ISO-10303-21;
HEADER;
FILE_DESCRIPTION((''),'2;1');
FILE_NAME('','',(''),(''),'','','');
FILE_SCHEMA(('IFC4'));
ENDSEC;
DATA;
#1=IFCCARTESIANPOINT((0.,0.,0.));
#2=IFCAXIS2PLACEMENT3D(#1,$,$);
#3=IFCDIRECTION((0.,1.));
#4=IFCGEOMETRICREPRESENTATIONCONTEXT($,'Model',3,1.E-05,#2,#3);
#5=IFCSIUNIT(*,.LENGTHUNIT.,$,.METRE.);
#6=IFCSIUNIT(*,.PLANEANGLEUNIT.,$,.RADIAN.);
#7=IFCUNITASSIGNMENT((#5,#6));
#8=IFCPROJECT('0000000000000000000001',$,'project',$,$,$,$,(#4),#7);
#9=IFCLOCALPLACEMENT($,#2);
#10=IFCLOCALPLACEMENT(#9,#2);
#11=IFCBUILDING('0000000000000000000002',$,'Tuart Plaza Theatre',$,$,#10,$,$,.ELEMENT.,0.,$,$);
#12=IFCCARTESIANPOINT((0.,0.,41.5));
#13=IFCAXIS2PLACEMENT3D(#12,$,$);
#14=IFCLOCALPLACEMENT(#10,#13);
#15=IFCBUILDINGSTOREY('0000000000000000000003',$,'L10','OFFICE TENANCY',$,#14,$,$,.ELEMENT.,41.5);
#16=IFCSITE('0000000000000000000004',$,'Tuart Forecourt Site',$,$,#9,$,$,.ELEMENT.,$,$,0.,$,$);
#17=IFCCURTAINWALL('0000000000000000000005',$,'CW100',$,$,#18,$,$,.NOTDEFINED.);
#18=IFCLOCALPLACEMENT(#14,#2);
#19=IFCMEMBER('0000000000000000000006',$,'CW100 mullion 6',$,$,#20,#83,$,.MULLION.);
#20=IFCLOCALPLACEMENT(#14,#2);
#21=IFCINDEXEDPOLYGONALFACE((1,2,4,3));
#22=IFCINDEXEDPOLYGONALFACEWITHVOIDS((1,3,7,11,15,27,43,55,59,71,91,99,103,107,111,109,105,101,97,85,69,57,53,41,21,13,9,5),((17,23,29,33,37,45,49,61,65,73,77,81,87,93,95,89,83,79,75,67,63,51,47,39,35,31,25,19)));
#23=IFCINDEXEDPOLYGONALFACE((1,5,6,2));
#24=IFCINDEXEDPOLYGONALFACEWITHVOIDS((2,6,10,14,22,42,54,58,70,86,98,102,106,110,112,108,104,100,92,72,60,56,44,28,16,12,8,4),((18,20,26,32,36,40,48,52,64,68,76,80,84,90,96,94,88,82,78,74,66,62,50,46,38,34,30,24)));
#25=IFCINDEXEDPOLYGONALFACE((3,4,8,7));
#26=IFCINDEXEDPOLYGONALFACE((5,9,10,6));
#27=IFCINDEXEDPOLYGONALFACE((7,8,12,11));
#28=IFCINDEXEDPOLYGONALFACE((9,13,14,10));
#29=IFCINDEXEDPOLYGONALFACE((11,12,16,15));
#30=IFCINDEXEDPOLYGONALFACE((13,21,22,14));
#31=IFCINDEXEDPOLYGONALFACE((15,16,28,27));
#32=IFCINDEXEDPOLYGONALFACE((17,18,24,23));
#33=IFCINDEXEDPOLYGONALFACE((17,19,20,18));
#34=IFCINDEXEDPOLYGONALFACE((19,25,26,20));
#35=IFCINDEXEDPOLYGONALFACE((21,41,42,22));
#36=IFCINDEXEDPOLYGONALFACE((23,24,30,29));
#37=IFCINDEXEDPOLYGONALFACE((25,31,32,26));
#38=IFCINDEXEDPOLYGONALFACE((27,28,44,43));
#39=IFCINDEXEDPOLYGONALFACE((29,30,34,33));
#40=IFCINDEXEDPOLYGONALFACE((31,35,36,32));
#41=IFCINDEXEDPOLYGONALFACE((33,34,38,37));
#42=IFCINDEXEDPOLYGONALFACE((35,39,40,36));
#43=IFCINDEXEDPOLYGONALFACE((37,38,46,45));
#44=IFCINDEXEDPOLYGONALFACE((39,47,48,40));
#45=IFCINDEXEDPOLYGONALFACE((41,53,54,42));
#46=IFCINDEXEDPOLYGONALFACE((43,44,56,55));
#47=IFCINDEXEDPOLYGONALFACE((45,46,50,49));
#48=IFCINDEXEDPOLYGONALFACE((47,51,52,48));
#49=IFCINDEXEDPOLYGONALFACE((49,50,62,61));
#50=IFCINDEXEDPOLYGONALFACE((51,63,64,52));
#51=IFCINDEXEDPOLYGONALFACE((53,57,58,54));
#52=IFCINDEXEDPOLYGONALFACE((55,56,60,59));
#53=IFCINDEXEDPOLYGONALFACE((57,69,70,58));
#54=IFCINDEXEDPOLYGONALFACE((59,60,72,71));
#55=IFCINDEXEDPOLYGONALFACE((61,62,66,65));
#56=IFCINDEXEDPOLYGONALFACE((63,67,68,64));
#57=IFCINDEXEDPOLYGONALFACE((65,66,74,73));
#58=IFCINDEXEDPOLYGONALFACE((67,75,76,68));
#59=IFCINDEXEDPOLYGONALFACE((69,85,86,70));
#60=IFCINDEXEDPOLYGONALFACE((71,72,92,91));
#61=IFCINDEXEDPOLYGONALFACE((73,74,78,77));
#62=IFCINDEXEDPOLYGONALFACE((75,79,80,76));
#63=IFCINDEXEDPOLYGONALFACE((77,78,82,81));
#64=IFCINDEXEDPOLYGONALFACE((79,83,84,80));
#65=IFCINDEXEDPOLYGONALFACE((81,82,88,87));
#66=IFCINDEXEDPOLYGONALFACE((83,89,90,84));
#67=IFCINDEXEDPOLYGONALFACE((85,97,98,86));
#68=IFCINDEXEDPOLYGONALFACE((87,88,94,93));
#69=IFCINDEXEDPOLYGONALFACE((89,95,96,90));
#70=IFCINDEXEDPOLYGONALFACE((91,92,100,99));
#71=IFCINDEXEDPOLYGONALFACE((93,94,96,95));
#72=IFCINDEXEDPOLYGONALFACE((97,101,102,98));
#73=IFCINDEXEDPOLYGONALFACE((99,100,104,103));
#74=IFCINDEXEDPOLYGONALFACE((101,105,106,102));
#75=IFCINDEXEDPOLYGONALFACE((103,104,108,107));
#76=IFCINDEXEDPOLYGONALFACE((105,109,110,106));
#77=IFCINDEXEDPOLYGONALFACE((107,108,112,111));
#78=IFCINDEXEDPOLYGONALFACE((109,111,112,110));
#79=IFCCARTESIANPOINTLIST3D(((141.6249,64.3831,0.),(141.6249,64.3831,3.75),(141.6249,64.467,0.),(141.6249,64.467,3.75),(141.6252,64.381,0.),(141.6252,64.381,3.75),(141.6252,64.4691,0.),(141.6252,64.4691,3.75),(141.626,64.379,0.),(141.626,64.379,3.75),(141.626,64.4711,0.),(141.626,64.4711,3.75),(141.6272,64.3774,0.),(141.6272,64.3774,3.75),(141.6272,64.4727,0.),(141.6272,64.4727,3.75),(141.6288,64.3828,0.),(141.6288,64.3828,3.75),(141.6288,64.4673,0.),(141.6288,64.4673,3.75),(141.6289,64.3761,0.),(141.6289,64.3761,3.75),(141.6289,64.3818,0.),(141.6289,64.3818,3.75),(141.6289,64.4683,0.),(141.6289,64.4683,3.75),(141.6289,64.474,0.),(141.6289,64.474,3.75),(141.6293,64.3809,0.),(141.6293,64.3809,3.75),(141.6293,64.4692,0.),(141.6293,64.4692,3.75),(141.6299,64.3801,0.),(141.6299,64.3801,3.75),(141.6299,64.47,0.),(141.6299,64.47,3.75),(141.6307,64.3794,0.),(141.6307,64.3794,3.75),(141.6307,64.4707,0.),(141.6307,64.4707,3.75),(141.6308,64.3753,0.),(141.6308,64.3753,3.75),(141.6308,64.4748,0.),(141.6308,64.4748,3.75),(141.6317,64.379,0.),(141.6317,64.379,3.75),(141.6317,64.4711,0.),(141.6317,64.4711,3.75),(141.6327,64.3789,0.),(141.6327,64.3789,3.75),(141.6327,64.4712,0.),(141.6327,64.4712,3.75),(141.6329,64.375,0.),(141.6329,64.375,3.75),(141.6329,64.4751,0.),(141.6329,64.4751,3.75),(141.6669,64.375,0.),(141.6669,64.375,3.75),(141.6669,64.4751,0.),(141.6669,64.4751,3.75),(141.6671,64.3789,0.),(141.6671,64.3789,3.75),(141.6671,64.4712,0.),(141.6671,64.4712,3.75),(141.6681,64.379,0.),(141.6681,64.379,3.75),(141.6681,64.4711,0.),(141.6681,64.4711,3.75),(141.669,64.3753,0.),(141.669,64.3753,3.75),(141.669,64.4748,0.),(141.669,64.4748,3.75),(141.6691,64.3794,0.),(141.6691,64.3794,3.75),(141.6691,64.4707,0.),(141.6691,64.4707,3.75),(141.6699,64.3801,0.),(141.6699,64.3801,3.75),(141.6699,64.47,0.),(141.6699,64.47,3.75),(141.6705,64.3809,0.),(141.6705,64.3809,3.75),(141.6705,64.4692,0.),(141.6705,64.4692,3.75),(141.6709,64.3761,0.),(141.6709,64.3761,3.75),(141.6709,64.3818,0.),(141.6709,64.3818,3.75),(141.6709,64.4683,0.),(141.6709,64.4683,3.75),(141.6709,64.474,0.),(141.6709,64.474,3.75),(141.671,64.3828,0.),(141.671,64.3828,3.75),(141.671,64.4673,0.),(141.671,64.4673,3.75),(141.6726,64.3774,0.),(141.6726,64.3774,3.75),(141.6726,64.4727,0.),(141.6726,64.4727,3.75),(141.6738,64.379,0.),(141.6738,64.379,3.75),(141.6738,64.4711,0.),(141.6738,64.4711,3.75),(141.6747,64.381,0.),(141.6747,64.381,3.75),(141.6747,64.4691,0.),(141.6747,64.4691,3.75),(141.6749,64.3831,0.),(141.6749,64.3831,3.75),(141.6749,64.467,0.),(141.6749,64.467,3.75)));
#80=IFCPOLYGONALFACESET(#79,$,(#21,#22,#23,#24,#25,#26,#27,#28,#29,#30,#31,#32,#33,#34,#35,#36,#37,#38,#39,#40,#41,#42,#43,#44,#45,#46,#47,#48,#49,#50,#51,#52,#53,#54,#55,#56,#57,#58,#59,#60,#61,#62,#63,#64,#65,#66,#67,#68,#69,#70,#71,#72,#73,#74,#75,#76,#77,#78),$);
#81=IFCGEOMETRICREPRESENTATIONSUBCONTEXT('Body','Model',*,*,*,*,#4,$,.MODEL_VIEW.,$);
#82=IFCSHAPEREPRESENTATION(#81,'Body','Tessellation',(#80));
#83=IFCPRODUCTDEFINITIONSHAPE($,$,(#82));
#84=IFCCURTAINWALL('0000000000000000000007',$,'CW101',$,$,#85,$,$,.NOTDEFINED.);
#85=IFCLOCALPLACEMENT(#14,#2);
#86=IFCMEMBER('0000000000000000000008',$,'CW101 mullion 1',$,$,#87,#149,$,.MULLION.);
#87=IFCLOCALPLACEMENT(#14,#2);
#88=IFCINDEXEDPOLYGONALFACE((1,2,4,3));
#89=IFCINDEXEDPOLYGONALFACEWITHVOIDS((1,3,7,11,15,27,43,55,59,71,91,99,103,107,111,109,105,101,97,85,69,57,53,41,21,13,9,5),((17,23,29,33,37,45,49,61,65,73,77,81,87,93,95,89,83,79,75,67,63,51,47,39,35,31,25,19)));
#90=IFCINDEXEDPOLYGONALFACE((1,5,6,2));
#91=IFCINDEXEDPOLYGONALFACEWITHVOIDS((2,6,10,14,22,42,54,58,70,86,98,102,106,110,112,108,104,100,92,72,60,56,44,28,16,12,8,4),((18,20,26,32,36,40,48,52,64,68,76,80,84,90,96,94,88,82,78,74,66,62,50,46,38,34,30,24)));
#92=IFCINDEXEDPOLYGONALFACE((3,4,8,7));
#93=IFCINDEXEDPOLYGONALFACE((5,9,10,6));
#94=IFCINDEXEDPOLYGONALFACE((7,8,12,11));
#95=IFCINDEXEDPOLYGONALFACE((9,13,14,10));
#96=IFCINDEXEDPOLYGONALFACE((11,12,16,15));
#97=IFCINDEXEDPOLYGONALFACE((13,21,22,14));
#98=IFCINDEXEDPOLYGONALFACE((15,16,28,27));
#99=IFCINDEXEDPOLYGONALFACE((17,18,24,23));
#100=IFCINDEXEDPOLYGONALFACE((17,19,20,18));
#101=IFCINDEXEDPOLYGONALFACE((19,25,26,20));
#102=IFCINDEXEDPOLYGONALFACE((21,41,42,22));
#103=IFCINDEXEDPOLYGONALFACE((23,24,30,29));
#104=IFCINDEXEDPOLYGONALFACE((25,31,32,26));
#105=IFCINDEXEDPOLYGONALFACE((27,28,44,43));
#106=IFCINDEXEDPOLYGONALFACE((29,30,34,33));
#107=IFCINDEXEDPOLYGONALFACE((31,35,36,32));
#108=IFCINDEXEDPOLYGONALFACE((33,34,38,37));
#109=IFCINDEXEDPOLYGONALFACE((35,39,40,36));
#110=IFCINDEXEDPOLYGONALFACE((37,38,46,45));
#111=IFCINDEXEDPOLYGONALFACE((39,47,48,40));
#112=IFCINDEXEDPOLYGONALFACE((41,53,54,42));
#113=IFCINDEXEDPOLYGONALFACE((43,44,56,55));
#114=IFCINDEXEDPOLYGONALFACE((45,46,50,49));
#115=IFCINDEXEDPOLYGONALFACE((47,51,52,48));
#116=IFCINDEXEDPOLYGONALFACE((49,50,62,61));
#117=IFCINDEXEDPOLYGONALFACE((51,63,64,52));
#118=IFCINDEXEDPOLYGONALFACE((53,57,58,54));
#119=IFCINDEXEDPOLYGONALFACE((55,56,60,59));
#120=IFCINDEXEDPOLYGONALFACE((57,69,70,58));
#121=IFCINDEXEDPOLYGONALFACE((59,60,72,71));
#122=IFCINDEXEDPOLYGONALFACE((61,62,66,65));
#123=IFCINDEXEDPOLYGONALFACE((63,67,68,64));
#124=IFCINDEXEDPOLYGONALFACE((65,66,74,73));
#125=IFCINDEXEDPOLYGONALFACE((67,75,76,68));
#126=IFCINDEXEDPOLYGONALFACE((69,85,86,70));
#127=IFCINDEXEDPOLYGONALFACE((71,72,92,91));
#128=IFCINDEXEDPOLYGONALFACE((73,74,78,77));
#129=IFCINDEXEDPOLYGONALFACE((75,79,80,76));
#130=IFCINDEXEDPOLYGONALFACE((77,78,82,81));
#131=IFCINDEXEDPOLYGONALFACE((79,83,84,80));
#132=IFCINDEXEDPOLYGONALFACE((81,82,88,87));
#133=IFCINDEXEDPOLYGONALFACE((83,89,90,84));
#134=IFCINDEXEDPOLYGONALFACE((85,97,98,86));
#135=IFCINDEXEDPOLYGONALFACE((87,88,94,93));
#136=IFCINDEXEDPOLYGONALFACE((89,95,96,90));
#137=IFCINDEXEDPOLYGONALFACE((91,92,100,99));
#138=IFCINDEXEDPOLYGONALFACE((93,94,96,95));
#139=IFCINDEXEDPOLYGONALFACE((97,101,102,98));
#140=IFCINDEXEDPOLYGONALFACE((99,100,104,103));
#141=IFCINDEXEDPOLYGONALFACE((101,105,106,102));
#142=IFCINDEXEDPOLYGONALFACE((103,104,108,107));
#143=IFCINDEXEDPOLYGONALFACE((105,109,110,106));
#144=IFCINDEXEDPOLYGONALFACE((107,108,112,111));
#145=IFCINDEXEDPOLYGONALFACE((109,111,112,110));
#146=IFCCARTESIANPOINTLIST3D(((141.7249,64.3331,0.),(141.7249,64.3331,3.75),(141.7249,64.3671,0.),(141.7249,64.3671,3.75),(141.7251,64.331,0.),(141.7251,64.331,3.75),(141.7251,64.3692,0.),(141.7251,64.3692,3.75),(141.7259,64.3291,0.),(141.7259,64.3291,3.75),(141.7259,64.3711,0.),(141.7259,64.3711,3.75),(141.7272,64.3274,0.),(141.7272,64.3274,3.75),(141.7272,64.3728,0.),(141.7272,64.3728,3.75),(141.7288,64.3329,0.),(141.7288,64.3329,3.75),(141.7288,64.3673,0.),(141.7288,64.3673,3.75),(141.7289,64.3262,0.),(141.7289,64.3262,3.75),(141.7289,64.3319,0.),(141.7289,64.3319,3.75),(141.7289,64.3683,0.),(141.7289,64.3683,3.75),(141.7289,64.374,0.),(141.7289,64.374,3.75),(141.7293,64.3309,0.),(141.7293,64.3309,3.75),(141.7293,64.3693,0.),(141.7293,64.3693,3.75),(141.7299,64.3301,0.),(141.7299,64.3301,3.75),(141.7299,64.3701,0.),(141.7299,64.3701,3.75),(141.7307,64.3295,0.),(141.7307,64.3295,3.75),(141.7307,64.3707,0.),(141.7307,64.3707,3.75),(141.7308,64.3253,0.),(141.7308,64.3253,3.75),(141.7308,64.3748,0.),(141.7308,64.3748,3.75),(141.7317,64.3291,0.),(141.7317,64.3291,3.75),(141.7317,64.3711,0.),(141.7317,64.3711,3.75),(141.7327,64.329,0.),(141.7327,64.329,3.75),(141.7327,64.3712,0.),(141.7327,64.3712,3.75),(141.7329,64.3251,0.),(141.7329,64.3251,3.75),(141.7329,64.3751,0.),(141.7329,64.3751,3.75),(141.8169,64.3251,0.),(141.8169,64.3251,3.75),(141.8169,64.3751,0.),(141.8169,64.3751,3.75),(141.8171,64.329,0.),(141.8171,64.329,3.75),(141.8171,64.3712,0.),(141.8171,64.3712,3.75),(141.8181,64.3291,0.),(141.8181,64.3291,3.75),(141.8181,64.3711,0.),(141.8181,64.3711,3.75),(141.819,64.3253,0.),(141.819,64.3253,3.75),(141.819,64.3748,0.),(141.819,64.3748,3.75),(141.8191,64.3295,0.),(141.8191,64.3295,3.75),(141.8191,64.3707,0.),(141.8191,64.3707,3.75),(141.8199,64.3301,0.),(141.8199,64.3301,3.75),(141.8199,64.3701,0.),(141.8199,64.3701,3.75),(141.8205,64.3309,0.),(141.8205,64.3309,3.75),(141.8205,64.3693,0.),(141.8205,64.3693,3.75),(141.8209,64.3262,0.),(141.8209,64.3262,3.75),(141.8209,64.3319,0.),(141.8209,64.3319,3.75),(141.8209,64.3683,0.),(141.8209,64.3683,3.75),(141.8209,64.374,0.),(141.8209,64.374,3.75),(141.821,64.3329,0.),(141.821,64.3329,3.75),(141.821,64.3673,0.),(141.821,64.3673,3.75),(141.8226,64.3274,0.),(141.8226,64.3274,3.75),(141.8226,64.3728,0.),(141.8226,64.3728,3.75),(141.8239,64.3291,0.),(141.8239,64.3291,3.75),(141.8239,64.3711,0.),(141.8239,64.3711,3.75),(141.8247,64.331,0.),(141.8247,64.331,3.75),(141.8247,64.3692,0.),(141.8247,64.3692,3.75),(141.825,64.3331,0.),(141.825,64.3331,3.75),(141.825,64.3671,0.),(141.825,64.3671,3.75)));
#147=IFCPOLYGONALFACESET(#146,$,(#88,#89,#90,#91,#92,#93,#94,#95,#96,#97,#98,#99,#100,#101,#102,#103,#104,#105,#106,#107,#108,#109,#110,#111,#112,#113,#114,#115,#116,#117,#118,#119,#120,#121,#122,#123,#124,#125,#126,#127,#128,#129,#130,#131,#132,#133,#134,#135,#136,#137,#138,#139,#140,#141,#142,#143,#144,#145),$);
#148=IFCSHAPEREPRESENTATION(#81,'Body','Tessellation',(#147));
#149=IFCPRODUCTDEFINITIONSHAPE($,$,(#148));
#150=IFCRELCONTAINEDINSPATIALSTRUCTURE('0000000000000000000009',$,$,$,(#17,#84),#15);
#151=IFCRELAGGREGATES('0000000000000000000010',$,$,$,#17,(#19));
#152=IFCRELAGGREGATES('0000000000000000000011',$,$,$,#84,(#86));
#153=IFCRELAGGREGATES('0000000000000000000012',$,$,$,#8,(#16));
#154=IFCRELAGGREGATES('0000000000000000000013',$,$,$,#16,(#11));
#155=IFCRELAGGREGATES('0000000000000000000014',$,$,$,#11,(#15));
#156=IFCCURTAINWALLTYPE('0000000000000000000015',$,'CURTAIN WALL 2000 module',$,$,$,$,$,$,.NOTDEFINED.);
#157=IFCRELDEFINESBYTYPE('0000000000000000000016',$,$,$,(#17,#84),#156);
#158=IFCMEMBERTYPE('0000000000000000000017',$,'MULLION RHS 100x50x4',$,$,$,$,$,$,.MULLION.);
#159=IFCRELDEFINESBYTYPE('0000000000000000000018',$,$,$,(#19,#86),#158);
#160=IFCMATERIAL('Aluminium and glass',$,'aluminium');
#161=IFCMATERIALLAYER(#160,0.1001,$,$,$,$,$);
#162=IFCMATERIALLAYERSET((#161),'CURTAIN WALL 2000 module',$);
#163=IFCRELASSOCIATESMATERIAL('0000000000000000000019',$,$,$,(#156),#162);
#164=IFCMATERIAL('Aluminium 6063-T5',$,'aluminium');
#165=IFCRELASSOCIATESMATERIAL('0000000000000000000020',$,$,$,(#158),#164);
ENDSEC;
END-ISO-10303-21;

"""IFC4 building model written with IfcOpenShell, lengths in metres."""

from ifc_helpers import new_model, si_unit, direction, frame, origin, origin_2d, place, context, subcontext, project, spatial, hollow_rectangle, extrude, material, layer, layer_set, material_profile, profile_set, type_object, element, aggregate, save


model = new_model("IFC4")

# Units and contexts
model_context = context("Model", 3, precision=1e-05, world=origin(), true_north=direction((0.0, 1.0)))
body_context = subcontext(model_context, "Body", "Model", "MODEL_VIEW")
ifc_project = project(units=[si_unit("LENGTHUNIT", "METRE"), si_unit("PLANEANGLEUNIT", "RADIAN")], contexts=[model_context])

# Site, building, storey
site_placement = place(None, origin())
site = spatial("IfcSite", under=ifc_project, at=site_placement, Name="Tuart Forecourt Site", CompositionType="ELEMENT", RefElevation=0.0)
building_placement = place(site_placement, origin())
building = spatial("IfcBuilding", under=site, at=building_placement, Name="Tuart Plaza Theatre", CompositionType="ELEMENT", ElevationOfRefHeight=0.0)
storey_placement = place(building_placement, frame((0.0, 0.0, 41.5)))
storey = spatial("IfcBuildingStorey", under=building, at=storey_placement, Name="L10", Description="OFFICE TENANCY", CompositionType="ELEMENT", Elevation=41.5)

# Curtain wall, member
ifc_material_1 = material(Name="Aluminium and glass", Category="aluminium")
ifc_layer_1 = layer(ifc_material_1, 0.1001)
ifc_layer_set_1 = layer_set([ifc_layer_1], Name="CURTAIN WALL 2000 module")
curtain_wall_type = type_object("IfcCurtainWallType", Name="CURTAIN WALL 2000 module", PredefinedType="NOTDEFINED", material=ifc_layer_set_1)
curtain_wall_1_placement = place(storey_placement, origin())
curtain_wall_1 = element("IfcCurtainWall", 1, at=curtain_wall_1_placement, inside=storey, type_object=curtain_wall_type, Name="CW100", PredefinedType="NOTDEFINED")
ifc_material_2 = material(Name="Aluminium 6063-T5", Category="aluminium")
ifc_material_profile_1 = material_profile(ifc_material_2, hollow_rectangle(XDim=0.05, YDim=0.1001, WallThickness=0.0039, InnerFilletRadius=0.0039, OuterFilletRadius=0.0081, at=origin_2d()), Name="RHS 100x50x4")
ifc_profile_set_1 = profile_set([ifc_material_profile_1], Name="Aluminium 6063-T5")
member_type_1 = type_object("IfcMemberType", Name="MULLION RHS 100x50x4", PredefinedType="MULLION", material=ifc_profile_set_1)
member_1_placement = place(storey_placement, frame((141.6499, 64.425, 0.0), z_axis=(0.0, 0.0, 1.0), x_axis=(-1.0, 0.0, 0.0)))
member_1 = element("IfcMember", 2, at=member_1_placement, type_object=member_type_1, Name="CW100 mullion 6", PredefinedType="MULLION", context=body_context, shape_type="SweptSolid", body=[
    extrude(hollow_rectangle(XDim=0.05, YDim=0.1001, WallThickness=0.0039, InnerFilletRadius=0.0039, OuterFilletRadius=0.0081, at=origin_2d()), origin(), (0.0, 0.0, 1.0), 3.75),
])

# Curtain wall, member
curtain_wall_2_placement = place(storey_placement, origin())
curtain_wall_2 = element("IfcCurtainWall", 3, at=curtain_wall_2_placement, inside=storey, type_object=curtain_wall_type, Name="CW101", PredefinedType="NOTDEFINED")
member_2_placement = place(storey_placement, frame((141.7749, 64.3501, 0.0), z_axis=(0.0, 0.0, 1.0), x_axis=(0.0, 1.0, 0.0)))
member_2 = element("IfcMember", 4, at=member_2_placement, type_object=member_type_1, Name="CW101 mullion 1", PredefinedType="MULLION", context=body_context, shape_type="SweptSolid", body=[
    extrude(hollow_rectangle(XDim=0.05, YDim=0.1001, WallThickness=0.0039, InnerFilletRadius=0.0039, OuterFilletRadius=0.0081, at=origin_2d()), origin(), (0.0, 0.0, 1.0), 3.75),
])

aggregate(curtain_wall_1, [member_1])
aggregate(curtain_wall_2, [member_2])

save(model, "model.ifc")
